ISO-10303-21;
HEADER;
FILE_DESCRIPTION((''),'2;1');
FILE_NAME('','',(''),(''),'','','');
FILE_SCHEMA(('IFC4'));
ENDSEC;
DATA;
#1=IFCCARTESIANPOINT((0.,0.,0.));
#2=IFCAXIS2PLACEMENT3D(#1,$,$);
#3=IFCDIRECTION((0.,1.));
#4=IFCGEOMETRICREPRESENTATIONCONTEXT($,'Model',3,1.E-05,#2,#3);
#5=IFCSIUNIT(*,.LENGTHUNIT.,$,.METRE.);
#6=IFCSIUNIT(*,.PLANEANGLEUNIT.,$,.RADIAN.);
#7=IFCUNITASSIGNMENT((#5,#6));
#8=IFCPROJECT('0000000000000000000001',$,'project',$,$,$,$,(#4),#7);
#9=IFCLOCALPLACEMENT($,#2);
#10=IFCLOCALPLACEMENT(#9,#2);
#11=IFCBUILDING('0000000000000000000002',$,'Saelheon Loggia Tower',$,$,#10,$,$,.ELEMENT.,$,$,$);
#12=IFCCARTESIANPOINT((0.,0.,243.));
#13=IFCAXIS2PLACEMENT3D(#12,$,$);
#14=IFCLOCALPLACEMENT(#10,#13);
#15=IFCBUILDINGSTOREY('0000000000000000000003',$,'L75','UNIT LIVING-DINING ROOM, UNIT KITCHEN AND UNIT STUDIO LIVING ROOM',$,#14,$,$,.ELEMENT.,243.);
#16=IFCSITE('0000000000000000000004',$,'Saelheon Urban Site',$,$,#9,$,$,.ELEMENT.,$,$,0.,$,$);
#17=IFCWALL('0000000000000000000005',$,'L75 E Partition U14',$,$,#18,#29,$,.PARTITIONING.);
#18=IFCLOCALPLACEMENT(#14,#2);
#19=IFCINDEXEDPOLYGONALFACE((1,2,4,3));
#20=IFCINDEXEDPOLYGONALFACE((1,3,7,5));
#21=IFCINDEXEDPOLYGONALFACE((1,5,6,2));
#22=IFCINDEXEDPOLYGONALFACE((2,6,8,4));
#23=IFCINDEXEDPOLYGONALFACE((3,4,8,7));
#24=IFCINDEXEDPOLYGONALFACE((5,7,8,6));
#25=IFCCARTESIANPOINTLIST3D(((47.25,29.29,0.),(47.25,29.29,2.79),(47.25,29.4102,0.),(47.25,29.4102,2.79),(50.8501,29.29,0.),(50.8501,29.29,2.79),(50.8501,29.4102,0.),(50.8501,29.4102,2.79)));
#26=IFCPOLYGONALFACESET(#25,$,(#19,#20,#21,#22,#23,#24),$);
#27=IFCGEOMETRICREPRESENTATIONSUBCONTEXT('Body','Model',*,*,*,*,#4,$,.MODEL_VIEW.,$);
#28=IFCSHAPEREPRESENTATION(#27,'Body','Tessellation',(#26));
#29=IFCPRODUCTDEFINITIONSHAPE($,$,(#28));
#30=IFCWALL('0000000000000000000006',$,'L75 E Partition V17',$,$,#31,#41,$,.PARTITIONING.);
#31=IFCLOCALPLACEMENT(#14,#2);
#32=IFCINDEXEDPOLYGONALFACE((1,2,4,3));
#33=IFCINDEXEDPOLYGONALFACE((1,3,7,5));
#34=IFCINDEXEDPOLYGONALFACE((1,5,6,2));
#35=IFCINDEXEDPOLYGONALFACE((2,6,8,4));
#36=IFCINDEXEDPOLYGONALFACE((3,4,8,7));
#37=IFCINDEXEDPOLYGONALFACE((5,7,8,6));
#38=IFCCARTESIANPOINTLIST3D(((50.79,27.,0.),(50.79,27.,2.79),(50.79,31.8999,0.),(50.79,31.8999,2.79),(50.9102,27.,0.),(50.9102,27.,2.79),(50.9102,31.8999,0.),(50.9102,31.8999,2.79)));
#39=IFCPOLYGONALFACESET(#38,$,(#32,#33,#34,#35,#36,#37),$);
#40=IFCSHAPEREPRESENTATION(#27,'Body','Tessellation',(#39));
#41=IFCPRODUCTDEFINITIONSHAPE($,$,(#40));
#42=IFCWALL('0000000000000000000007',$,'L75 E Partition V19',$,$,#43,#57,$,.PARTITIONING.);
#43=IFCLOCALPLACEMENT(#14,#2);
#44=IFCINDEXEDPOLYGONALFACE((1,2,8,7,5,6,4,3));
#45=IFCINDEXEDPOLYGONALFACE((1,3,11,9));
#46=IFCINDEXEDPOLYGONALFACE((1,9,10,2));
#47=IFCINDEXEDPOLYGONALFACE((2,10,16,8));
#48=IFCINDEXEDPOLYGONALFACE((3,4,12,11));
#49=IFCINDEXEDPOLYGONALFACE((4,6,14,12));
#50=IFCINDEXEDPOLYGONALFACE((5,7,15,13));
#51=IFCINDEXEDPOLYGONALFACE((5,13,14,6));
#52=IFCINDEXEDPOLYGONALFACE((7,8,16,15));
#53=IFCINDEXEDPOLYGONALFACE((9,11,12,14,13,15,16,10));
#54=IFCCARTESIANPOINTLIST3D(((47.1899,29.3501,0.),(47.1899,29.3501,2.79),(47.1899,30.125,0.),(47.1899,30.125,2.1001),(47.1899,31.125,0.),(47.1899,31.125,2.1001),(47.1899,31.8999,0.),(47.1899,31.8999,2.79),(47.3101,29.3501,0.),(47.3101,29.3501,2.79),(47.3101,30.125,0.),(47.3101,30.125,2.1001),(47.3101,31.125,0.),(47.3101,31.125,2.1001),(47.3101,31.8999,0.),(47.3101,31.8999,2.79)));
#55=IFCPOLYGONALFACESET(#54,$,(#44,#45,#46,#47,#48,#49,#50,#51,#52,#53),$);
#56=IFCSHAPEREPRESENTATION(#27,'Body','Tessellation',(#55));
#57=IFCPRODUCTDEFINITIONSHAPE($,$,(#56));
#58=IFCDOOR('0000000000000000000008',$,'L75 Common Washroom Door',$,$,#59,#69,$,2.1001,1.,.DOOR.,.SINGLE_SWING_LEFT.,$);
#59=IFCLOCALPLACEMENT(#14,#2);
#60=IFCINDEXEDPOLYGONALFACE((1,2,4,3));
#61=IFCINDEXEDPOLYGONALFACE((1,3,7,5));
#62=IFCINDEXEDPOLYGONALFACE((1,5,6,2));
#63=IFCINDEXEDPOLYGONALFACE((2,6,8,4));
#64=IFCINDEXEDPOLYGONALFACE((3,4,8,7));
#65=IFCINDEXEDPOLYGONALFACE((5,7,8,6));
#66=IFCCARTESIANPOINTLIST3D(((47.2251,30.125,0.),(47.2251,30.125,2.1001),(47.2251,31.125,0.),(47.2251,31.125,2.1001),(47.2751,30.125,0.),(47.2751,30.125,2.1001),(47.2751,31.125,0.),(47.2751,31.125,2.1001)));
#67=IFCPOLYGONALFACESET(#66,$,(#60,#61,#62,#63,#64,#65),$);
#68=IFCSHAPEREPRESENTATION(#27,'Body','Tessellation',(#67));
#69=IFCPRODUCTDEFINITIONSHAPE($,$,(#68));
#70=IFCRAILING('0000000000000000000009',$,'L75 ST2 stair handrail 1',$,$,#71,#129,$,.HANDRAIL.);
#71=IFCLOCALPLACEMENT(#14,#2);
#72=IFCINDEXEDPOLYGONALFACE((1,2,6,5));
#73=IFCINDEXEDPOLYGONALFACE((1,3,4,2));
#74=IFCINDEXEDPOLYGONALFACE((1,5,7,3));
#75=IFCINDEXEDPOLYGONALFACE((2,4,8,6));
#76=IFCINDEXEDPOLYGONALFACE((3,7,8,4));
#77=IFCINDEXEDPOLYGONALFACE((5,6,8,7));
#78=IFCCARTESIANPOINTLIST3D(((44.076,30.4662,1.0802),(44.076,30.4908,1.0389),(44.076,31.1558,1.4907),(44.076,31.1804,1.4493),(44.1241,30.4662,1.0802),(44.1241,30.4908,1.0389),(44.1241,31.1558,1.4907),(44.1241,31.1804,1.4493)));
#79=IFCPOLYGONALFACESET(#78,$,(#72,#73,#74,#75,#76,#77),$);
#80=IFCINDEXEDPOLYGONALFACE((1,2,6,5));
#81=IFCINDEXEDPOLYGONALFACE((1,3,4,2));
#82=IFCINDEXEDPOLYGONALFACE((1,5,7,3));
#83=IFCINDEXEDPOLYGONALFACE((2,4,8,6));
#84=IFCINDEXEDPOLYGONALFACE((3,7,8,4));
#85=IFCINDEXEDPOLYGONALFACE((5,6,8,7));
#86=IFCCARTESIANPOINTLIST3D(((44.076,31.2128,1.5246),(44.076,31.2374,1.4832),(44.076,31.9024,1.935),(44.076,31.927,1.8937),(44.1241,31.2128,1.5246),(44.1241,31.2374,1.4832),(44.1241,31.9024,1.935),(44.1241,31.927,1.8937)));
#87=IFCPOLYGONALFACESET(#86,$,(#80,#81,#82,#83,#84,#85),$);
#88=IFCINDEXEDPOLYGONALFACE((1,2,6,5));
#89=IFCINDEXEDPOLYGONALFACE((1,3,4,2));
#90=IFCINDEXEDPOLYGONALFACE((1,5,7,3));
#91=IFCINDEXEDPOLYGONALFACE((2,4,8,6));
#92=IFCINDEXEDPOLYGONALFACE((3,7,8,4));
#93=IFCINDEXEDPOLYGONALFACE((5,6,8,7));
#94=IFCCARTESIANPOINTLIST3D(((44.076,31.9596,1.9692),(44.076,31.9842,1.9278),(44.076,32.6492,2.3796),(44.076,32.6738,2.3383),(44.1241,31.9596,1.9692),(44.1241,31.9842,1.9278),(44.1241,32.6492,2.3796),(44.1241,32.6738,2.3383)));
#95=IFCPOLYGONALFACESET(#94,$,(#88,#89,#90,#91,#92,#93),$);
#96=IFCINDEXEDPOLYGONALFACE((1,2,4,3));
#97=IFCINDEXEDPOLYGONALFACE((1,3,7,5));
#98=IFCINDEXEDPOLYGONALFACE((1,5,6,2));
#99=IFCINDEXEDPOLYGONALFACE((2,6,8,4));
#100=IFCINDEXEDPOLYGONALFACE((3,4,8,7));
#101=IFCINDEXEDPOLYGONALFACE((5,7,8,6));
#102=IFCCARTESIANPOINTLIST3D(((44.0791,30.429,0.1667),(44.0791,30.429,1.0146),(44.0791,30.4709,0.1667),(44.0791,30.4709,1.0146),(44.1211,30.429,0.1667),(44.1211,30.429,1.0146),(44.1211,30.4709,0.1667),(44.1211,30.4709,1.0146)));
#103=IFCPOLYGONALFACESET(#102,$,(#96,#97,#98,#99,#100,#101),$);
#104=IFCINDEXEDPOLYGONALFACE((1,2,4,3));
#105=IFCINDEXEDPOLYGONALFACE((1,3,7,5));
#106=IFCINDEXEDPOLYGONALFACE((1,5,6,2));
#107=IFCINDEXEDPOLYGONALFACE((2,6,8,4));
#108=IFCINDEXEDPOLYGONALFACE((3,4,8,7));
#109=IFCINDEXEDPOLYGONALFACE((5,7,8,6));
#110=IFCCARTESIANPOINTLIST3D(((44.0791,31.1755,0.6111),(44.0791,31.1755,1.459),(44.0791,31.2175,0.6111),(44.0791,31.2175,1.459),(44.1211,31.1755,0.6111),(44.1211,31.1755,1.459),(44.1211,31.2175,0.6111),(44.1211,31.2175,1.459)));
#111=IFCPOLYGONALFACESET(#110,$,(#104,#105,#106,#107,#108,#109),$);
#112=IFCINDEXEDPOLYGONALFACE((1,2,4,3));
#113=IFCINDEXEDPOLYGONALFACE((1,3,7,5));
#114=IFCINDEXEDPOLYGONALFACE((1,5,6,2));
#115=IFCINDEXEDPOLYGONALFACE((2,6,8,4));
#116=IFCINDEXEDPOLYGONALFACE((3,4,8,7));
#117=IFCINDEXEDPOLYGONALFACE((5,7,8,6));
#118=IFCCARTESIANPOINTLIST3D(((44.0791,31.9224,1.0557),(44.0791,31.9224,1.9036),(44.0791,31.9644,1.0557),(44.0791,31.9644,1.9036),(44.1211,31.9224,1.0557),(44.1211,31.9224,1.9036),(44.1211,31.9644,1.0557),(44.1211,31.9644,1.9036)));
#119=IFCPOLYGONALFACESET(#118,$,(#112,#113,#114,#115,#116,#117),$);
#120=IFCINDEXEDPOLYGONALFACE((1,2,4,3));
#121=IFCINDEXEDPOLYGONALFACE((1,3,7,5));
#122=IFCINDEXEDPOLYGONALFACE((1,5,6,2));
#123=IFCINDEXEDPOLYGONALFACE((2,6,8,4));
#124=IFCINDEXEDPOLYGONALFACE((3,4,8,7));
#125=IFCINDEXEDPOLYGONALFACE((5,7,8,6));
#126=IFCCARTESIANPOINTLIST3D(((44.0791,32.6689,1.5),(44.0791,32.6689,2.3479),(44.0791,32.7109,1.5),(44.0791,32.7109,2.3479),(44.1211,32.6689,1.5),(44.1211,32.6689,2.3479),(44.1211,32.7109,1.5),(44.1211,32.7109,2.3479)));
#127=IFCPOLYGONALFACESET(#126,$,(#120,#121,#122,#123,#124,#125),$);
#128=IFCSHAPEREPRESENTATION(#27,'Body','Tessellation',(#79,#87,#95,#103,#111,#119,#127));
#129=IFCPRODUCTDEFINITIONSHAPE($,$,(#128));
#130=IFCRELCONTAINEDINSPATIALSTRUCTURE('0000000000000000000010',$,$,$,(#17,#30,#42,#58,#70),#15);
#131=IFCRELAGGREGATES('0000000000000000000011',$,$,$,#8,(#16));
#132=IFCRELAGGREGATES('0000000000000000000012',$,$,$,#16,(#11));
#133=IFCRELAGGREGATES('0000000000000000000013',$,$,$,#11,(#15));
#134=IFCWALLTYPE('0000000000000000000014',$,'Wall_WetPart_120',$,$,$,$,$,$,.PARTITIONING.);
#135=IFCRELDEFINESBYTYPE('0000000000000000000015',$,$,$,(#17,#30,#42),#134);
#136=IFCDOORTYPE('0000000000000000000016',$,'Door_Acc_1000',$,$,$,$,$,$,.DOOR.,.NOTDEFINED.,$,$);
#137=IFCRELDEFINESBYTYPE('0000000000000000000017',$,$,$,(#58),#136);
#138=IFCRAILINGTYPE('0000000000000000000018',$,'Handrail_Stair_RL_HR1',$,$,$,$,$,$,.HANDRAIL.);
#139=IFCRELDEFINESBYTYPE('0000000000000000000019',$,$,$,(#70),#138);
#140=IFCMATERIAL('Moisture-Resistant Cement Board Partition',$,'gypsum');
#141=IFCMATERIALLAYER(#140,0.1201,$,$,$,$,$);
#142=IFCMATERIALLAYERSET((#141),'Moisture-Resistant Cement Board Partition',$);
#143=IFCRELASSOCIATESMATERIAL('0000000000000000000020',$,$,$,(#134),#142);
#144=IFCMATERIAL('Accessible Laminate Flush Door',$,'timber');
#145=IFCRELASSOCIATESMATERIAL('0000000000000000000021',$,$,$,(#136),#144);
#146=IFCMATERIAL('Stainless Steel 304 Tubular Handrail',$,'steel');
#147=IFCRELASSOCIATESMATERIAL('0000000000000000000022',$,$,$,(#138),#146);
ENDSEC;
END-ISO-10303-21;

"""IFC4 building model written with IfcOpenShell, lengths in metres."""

from ifc_helpers import new_model, si_unit, direction, frame, frame_2d, origin, origin_2d, place, context, subcontext, project, spatial, rectangle, extrude, source, transform, mapped, material, layer, layer_set, type_object, element, fill, save


model = new_model("IFC4")

# Units and contexts
model_context = context("Model", 3, precision=1e-05, world=origin(), true_north=direction((0.0, 1.0)))
body_context = subcontext(model_context, "Body", "Model", "MODEL_VIEW")
ifc_project = project(units=[si_unit("LENGTHUNIT", "METRE"), si_unit("PLANEANGLEUNIT", "RADIAN")], contexts=[model_context])

# Site, building, storey
site_placement = place(None, origin())
site = spatial("IfcSite", under=ifc_project, at=site_placement, Name="Saelheon Urban Site", CompositionType="ELEMENT", RefElevation=0.0)
building_placement = place(site_placement, origin())
building = spatial("IfcBuilding", under=site, at=building_placement, Name="Saelheon Loggia Tower", CompositionType="ELEMENT")
storey_placement = place(building_placement, frame((0.0, 0.0, 243.0)))
storey = spatial("IfcBuildingStorey", under=building, at=storey_placement, Name="L75", Description="UNIT LIVING-DINING ROOM, UNIT KITCHEN AND UNIT STUDIO LIVING ROOM", CompositionType="ELEMENT", Elevation=243.0)

# Walls
ifc_material_1 = material(Name="Moisture-Resistant Cement Board Partition", Category="gypsum")
ifc_layer_1 = layer(ifc_material_1, 0.1201)
ifc_layer_set_1 = layer_set([ifc_layer_1], Name="Moisture-Resistant Cement Board Partition")
wall_type_1 = type_object("IfcWallType", Name="Wall_WetPart_120", PredefinedType="PARTITIONING", material=ifc_layer_set_1)
wall_1_placement = place(storey_placement, frame((47.25, 29.3501, 0.0), z_axis=(0.0, 0.0, 1.0), x_axis=(1.0, 0.0, 0.0)))
element("IfcWall", 1, at=wall_1_placement, inside=storey, type_object=wall_type_1, Name="L75 E Partition U14", PredefinedType="PARTITIONING", context=body_context, shape_type="SweptSolid", body=[
    extrude(rectangle(XDim=3.6001, YDim=0.1201, at=frame_2d((1.8, 0.0))), origin(), (0.0, 0.0, 1.0), 2.79),
])
wall_2_placement = place(storey_placement, frame((50.8501, 27.0, 0.0), z_axis=(0.0, 0.0, 1.0), x_axis=(0.0, 1.0, 0.0)))
element("IfcWall", 2, at=wall_2_placement, inside=storey, type_object=wall_type_1, Name="L75 E Partition V17", PredefinedType="PARTITIONING", context=body_context, shape_type="SweptSolid", body=[
    extrude(rectangle(XDim=4.8999, YDim=0.1201, at=frame_2d((2.45, 0.0))), origin(), (0.0, 0.0, 1.0), 2.79),
])

# Wall, opening, door
wall_3_placement = place(storey_placement, frame((47.25, 29.3501, 0.0), z_axis=(0.0, 0.0, 1.0), x_axis=(0.0, 1.0, 0.0)))
wall_3 = element("IfcWall", 3, at=wall_3_placement, inside=storey, type_object=wall_type_1, Name="L75 E Partition V19", PredefinedType="PARTITIONING", context=body_context, shape_type="SweptSolid", body=[
    extrude(rectangle(XDim=2.5498, YDim=0.1201, at=frame_2d((1.2749, 0.0))), origin(), (0.0, 0.0, 1.0), 2.79),
])
opening_1_placement = place(wall_3_placement, frame((0.7749, 0.0, 0.0)))
opening_1 = element("IfcOpeningElement", 4, at=opening_1_placement, cuts=wall_3, PredefinedType="OPENING", context=body_context, shape_type="SweptSolid", body=[
    extrude(rectangle(XDim=1.0, YDim=2.1001, at=frame_2d((0.5, 1.05))), frame((0.0, 0.072, 0.0), z_axis=(0.0, -1.0, 0.0), x_axis=(1.0, 0.0, 0.0)), (0.0, 0.0, 1.0), 0.144),
])
ifc_material_2 = material(Name="Accessible Laminate Flush Door", Category="timber")
door_type_1 = type_object("IfcDoorType", Name="Door_Acc_1000", OperationType="NOTDEFINED", PredefinedType="DOOR", material=ifc_material_2)
shared_shape_1 = source(origin(), body_context, "Body", "SweptSolid", [
    extrude(rectangle(XDim=1.0, YDim=2.1001, at=frame_2d((0.5, 1.05))), frame((0.0, 0.0249, 0.0), z_axis=(0.0, -1.0, 0.0), x_axis=(1.0, 0.0, 0.0)), (0.0, 0.0, 1.0), 0.05),
])
door_1_placement = place(opening_1_placement, origin())
door_1 = element("IfcDoor", 5, at=door_1_placement, inside=storey, type_object=door_type_1, Name="L75 Common Washroom Door", OperationType="SINGLE_SWING_LEFT", OverallHeight=2.1001, OverallWidth=1.0, PredefinedType="DOOR", context=body_context, shape_type="MappedRepresentation", body=[
    mapped(shared_shape_1, transform((0.0, 0.0, 0.0), scale=1.0)),
])
fill(opening_1, door_1)

# Railing
ifc_material_3 = material(Name="Stainless Steel 304 Tubular Handrail", Category="steel")
railing_type = type_object("IfcRailingType", Name="Handrail_Stair_RL_HR1", PredefinedType="HANDRAIL", material=ifc_material_3)
railing_placement = place(storey_placement, frame((44.1001, 30.45, 0.1667)))
element("IfcRailing", 6, at=railing_placement, inside=storey, type_object=railing_type, Name="L75 ST2 stair handrail 1", PredefinedType="HANDRAIL", context=body_context, shape_type="SweptSolid", body=[
    extrude(rectangle(XDim=0.0481, YDim=0.0481, at=origin_2d()), frame((0.0, 0.0286, 0.8928), z_axis=(0.0, 0.859306, 0.511462), x_axis=(-1.0, 0.0, 0.0)), (0.0, 0.0, 1.0), 0.8025),
    extrude(rectangle(XDim=0.0481, YDim=0.0481, at=origin_2d()), frame((0.0, 0.7751, 1.3372), z_axis=(0.0, 0.859306, 0.511462), x_axis=(-1.0, 0.0, 0.0)), (0.0, 0.0, 1.0), 0.8025),
    extrude(rectangle(XDim=0.0481, YDim=0.0481, at=origin_2d()), frame((0.0, 1.522, 1.7817), z_axis=(0.0, 0.859306, 0.511462), x_axis=(-1.0, 0.0, 0.0)), (0.0, 0.0, 1.0), 0.8025),
    extrude(rectangle(XDim=0.042, YDim=0.042, at=origin_2d()), origin(), (0.0, 0.0, 1.0), 0.8479),
    extrude(rectangle(XDim=0.042, YDim=0.042, at=origin_2d()), frame((0.0, 0.7466, 0.4443)), (0.0, 0.0, 1.0), 0.8479),
    extrude(rectangle(XDim=0.042, YDim=0.042, at=origin_2d()), frame((0.0, 1.4934, 0.8889)), (0.0, 0.0, 1.0), 0.8479),
    extrude(rectangle(XDim=0.042, YDim=0.042, at=origin_2d()), frame((0.0, 2.24, 1.3333)), (0.0, 0.0, 1.0), 0.8479),
])

save(model, "model.ifc")
